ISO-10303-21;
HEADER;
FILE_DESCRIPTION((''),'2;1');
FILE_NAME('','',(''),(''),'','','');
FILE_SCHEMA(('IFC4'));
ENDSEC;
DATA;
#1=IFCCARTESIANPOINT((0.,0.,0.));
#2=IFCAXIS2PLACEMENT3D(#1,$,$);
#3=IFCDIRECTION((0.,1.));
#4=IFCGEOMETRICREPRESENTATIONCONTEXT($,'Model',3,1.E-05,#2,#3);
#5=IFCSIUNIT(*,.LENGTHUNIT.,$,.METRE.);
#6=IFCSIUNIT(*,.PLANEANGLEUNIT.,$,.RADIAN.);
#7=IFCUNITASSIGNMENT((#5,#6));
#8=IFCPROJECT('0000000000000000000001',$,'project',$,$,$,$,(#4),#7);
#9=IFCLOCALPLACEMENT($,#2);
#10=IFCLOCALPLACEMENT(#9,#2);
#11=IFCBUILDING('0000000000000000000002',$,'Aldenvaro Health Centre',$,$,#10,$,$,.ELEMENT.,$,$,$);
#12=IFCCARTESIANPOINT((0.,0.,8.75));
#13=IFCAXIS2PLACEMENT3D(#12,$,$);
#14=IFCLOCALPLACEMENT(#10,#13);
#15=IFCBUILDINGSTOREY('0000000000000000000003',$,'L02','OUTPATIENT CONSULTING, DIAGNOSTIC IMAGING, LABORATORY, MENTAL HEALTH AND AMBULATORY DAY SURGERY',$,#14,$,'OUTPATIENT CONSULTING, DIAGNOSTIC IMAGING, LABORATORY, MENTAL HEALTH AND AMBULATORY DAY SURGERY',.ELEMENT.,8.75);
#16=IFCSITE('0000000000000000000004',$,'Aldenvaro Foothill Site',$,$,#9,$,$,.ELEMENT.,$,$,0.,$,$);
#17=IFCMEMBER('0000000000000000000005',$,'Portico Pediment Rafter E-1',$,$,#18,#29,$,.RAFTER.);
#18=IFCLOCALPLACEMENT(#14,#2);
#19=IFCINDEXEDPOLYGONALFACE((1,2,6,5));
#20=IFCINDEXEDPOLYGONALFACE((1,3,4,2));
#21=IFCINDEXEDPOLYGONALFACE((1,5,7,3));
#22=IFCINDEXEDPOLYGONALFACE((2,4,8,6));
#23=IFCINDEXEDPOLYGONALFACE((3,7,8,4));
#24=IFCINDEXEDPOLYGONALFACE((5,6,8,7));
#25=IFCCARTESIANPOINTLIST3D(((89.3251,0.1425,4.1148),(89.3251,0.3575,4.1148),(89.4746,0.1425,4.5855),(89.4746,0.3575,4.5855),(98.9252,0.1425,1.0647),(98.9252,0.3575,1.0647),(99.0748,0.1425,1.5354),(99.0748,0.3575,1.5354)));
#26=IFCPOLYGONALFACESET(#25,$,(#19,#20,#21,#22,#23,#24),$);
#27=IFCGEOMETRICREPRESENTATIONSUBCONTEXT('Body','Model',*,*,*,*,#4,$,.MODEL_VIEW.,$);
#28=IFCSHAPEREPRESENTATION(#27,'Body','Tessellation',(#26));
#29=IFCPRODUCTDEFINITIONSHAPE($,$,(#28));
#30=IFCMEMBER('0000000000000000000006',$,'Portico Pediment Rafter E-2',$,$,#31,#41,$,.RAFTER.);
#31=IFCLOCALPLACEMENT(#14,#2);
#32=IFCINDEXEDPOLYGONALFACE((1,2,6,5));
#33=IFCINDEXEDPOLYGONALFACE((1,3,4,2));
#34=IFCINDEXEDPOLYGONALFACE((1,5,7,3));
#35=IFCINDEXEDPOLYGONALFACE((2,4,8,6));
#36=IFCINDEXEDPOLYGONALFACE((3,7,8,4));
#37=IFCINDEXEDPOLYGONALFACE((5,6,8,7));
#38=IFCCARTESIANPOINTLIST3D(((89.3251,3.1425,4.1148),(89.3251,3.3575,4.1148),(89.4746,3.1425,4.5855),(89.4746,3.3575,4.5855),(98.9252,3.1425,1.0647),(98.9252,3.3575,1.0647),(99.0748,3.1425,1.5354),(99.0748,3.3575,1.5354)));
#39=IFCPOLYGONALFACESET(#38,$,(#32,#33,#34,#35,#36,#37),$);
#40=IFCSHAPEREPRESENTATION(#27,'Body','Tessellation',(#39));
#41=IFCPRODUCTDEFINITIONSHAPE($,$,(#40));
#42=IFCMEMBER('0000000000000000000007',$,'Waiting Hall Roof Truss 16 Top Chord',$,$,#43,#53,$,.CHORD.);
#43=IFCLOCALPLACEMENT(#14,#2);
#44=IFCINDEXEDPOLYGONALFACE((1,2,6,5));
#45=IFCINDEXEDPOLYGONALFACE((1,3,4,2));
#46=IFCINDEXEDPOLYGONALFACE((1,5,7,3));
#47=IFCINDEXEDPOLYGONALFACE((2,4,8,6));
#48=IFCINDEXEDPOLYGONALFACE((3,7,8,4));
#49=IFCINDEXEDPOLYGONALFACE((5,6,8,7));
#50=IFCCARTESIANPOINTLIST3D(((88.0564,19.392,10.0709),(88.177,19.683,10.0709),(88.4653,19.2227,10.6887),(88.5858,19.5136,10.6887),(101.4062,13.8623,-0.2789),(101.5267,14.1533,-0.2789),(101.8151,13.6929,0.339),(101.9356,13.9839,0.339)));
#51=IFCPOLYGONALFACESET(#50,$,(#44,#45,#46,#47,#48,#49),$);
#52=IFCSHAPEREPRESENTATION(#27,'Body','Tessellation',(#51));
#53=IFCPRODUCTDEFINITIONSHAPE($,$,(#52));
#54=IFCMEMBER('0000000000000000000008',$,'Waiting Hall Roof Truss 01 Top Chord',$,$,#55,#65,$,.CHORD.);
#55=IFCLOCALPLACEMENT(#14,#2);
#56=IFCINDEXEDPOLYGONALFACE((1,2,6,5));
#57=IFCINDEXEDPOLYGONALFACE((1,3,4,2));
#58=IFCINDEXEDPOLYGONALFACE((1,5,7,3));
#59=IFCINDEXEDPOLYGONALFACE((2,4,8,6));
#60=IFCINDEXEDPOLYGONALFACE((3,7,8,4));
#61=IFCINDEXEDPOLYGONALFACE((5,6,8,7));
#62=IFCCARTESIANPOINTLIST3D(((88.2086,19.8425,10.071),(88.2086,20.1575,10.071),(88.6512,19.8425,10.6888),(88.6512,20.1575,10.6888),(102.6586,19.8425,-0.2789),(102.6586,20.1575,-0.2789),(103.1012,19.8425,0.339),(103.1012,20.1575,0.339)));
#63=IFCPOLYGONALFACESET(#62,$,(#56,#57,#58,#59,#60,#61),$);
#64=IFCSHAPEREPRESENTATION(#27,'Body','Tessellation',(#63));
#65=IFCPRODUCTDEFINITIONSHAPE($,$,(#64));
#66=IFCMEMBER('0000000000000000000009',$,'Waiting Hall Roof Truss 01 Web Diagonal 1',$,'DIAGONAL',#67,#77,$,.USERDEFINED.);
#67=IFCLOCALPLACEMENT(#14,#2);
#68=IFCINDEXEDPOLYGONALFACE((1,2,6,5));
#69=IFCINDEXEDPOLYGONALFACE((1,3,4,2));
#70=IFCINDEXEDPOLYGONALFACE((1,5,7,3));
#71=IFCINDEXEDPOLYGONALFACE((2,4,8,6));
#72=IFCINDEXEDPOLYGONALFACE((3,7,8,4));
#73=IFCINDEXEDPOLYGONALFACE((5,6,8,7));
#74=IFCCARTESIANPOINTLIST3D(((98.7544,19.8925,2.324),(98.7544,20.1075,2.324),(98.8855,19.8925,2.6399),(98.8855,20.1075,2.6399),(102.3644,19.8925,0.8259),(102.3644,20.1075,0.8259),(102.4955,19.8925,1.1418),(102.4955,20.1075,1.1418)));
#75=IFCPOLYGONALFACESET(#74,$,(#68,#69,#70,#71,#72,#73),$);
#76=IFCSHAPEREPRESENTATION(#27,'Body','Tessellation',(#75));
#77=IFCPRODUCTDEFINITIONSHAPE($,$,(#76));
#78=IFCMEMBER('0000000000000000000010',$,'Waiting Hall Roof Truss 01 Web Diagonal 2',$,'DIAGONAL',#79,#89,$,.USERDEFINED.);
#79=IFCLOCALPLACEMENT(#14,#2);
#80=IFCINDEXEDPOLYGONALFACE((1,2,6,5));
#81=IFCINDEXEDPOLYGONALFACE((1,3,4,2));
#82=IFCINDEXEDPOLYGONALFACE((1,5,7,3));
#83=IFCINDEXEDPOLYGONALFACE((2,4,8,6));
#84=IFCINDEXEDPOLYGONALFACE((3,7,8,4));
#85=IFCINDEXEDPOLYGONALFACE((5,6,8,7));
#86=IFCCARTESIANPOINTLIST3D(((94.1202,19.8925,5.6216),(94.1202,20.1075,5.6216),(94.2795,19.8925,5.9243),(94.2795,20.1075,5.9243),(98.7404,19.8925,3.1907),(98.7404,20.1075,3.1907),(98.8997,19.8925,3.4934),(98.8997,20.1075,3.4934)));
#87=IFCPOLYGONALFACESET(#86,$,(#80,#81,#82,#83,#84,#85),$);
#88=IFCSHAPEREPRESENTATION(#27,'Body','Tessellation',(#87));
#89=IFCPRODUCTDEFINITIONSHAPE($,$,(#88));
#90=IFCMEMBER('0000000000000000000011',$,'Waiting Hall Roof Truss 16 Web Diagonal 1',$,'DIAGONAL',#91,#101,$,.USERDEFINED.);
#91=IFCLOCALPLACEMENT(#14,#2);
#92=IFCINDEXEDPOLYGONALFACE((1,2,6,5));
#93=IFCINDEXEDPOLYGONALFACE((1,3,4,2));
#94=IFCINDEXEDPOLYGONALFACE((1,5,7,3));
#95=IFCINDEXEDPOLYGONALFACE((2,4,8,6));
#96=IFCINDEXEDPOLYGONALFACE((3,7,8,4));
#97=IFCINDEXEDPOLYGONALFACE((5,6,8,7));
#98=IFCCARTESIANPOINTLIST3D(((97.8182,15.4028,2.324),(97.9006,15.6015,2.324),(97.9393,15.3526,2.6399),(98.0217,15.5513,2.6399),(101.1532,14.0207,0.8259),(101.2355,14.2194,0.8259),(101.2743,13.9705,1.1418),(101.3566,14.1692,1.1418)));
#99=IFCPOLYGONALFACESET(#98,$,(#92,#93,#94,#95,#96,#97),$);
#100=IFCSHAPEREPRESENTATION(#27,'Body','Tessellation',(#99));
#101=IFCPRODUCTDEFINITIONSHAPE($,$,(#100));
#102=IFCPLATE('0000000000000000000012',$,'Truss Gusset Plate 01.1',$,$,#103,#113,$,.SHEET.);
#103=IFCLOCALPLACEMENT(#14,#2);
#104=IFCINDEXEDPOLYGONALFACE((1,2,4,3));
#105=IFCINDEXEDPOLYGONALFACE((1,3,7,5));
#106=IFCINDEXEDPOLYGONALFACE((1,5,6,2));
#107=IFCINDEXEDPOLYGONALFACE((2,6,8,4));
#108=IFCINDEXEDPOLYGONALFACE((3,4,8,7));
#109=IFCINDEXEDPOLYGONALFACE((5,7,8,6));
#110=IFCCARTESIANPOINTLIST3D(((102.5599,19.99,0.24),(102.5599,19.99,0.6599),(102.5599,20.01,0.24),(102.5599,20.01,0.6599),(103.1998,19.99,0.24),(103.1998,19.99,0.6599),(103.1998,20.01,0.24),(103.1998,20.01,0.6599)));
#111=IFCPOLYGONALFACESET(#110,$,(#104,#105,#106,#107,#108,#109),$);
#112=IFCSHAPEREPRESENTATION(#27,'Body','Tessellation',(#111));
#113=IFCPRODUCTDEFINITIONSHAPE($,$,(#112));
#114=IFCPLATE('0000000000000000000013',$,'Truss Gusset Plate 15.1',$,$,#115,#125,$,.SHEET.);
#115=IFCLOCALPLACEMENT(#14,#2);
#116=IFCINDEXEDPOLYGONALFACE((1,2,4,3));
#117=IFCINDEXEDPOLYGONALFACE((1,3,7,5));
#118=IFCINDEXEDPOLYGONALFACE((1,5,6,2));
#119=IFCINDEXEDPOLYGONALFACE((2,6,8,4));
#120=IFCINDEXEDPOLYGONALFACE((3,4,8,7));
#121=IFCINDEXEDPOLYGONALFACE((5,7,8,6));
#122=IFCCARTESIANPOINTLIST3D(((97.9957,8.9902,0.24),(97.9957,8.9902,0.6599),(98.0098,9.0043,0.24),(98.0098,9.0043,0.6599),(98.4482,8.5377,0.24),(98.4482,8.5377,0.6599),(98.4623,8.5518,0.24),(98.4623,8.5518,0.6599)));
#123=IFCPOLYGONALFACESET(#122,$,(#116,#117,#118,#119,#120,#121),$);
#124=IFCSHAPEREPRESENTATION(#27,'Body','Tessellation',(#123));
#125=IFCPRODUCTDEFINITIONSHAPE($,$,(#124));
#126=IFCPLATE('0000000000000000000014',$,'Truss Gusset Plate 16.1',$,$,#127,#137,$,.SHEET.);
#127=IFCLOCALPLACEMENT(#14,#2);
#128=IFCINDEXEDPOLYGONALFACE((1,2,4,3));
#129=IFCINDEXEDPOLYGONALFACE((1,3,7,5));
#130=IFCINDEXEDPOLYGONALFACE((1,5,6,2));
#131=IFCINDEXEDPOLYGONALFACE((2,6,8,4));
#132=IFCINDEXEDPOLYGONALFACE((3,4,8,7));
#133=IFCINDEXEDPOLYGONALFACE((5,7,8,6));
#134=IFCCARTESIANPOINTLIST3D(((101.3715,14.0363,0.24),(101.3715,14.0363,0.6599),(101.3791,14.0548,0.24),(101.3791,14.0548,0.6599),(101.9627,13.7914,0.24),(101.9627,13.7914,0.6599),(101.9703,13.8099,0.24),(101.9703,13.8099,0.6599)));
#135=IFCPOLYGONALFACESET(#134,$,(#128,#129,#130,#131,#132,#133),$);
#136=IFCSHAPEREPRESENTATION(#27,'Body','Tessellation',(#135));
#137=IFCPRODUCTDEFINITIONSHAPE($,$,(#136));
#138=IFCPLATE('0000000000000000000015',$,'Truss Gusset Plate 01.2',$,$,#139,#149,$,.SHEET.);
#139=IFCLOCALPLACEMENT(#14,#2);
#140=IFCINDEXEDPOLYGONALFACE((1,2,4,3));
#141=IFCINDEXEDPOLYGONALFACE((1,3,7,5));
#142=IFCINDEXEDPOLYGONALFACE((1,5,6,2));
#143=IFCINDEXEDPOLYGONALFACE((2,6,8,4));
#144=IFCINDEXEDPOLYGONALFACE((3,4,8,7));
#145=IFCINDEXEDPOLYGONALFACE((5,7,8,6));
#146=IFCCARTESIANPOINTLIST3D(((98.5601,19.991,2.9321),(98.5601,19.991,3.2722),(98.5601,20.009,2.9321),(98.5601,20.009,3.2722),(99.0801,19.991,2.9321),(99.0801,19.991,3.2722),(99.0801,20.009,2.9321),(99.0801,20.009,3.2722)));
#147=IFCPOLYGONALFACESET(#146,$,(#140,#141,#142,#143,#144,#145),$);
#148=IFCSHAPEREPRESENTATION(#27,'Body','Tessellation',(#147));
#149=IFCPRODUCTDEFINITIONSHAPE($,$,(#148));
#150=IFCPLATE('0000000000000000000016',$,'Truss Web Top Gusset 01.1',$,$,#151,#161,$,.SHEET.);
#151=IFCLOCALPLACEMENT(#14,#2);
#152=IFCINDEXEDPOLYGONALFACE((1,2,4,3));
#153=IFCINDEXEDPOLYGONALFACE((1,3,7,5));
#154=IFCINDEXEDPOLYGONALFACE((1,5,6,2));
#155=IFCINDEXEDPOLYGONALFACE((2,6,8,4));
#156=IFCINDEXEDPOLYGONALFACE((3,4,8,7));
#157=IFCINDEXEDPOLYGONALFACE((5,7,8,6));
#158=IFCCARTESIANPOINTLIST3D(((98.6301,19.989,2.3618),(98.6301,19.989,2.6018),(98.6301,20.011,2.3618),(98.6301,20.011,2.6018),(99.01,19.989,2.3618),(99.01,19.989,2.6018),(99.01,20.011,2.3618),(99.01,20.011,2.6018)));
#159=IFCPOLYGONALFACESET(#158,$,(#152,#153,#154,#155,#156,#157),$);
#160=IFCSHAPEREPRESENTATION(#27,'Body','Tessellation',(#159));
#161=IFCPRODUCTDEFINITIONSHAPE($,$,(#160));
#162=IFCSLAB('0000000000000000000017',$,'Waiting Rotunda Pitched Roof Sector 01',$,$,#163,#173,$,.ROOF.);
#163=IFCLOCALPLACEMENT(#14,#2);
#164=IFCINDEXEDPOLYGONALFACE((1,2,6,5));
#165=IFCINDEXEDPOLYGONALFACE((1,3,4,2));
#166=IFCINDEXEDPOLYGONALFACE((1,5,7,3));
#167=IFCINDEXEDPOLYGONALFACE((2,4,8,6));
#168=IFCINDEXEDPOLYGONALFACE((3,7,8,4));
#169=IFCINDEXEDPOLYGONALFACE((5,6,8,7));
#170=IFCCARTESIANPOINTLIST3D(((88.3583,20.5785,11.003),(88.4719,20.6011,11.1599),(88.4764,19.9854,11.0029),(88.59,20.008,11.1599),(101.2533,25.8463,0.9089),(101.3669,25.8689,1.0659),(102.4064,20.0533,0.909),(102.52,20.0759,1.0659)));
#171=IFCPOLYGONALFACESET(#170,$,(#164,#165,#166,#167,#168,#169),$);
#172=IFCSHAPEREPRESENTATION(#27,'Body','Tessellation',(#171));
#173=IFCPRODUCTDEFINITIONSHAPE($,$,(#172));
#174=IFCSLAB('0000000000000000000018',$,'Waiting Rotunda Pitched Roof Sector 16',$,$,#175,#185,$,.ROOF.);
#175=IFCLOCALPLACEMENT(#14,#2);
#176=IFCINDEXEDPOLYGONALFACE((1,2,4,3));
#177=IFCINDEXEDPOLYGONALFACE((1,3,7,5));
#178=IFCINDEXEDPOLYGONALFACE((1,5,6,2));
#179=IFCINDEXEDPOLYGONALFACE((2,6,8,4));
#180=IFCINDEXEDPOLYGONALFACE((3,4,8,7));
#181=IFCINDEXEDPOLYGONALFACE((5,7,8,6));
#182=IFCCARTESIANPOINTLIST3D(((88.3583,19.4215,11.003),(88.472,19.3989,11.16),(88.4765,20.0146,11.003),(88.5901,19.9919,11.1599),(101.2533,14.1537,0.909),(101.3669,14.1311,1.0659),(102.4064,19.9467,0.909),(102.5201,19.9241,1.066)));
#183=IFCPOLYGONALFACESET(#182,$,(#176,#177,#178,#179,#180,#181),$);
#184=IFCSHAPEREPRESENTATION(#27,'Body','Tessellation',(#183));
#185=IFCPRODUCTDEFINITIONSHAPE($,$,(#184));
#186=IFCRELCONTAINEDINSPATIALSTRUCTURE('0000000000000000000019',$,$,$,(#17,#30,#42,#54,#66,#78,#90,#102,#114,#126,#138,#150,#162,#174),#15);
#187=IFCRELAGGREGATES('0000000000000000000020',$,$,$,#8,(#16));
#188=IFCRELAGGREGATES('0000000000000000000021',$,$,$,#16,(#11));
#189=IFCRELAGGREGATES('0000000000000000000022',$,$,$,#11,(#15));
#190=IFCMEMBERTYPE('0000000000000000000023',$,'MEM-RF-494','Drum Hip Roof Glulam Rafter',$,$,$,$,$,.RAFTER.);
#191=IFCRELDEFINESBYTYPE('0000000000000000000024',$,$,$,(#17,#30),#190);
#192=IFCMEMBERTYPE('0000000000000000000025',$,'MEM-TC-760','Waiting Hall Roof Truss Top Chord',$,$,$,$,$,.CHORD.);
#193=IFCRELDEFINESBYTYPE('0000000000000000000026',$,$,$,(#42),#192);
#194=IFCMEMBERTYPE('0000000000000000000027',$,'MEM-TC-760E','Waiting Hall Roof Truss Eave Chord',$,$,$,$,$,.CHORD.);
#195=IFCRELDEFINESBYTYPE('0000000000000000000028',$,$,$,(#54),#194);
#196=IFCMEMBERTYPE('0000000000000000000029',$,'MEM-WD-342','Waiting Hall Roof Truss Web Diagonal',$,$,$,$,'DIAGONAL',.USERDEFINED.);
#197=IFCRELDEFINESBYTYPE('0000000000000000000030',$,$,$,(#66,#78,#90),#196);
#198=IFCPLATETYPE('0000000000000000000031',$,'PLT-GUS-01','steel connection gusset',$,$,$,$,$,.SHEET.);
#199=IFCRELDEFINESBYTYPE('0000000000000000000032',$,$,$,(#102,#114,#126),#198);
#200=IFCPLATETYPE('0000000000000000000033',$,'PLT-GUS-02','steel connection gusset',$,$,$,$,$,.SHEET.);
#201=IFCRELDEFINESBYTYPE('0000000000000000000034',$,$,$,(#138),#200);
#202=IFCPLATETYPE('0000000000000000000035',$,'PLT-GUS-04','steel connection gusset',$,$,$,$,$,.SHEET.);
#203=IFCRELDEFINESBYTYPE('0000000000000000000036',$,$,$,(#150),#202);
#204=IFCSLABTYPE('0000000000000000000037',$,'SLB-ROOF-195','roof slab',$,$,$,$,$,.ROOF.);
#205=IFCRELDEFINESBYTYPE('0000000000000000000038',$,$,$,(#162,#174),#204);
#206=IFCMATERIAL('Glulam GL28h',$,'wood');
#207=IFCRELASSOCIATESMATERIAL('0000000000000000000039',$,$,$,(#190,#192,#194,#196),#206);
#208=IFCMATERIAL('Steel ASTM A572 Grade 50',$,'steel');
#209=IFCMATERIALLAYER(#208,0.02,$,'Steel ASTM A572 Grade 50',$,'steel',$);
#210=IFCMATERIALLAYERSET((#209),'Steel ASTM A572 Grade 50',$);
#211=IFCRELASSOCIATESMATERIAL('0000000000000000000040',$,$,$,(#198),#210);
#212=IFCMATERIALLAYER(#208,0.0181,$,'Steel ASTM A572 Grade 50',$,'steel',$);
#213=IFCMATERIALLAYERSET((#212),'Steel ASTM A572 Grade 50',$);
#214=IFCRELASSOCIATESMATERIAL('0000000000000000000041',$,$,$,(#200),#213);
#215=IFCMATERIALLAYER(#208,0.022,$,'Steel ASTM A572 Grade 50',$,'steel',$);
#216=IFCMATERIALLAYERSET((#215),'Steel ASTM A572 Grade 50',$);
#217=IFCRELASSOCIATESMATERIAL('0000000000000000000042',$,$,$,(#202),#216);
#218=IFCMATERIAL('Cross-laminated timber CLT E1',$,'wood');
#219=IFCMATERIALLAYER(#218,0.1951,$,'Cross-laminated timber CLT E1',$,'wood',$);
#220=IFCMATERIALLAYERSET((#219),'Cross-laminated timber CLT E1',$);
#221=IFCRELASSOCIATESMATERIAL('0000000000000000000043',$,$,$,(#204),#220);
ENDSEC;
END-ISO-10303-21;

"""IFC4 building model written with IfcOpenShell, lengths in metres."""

from ifc_helpers import new_model, si_unit, direction, frame, origin, origin_2d, place, context, subcontext, project, spatial, polyline, rectangle, outline, extrude, material, layer, layer_set, material_profile, profile_set, type_object, element, save


model = new_model("IFC4")

# Units and contexts
model_context = context("Model", 3, precision=1e-05, world=origin(), true_north=direction((0.0, 1.0)))
body_context = subcontext(model_context, "Body", "Model", "MODEL_VIEW")
ifc_project = project(units=[si_unit("LENGTHUNIT", "METRE"), si_unit("PLANEANGLEUNIT", "RADIAN")], contexts=[model_context])

# Site, building, storey
site_placement = place(None, origin())
site = spatial("IfcSite", under=ifc_project, at=site_placement, Name="Aldenvaro Foothill Site", CompositionType="ELEMENT", RefElevation=0.0)
building_placement = place(site_placement, origin())
building = spatial("IfcBuilding", under=site, at=building_placement, Name="Aldenvaro Health Centre", CompositionType="ELEMENT")
storey_placement = place(building_placement, frame((0.0, 0.0, 8.75)))
storey = spatial("IfcBuildingStorey", under=building, at=storey_placement, Name="L02", Description="OUTPATIENT CONSULTING, DIAGNOSTIC IMAGING, LABORATORY, MENTAL HEALTH AND AMBULATORY DAY SURGERY", LongName="OUTPATIENT CONSULTING, DIAGNOSTIC IMAGING, LABORATORY, MENTAL HEALTH AND AMBULATORY DAY SURGERY", CompositionType="ELEMENT", Elevation=8.75)

# Shared definitions
ifc_material_1 = material(Name="Glulam GL28h", Category="wood")

# Members
ifc_material_profile_1 = material_profile(ifc_material_1, rectangle(XDim=0.2151, YDim=0.4939, at=origin_2d()), Name="GL 215x494", Category="wood")
ifc_profile_set_1 = profile_set([ifc_material_profile_1], Name="Glulam GL28h")
member_type_1 = type_object("IfcMemberType", Name="MEM-RF-494", Description="Drum Hip Roof Glulam Rafter", PredefinedType="RAFTER", material=ifc_profile_set_1)
for number, where, z_axis, x_axis, name in (
    (1, (99.0, 0.25, 1.3), (-0.953056, 0.0, 0.302795), (0.0, -1.0, 0.0), "Portico Pediment Rafter E-1"),
    (2, (99.0, 3.25, 1.3), (-0.953056, 0.0, 0.302795), (0.0, -1.0, 0.0), "Portico Pediment Rafter E-2"),
):
    element("IfcMember", number, at=place(storey_placement, frame(where, z_axis=z_axis, x_axis=x_axis)), inside=storey, type_object=member_type_1, Name=name, PredefinedType="RAFTER", context=body_context, shape_type="SweptSolid", body=[
        extrude(rectangle(XDim=0.2151, YDim=0.4939, at=origin_2d()), origin(), (0.0, 0.0, 1.0), 10.073),
    ])
ifc_material_profile_2 = material_profile(ifc_material_1, rectangle(XDim=0.3149, YDim=0.76, at=origin_2d()), Name="GL 315x760", Category="wood")
ifc_profile_set_2 = profile_set([ifc_material_profile_2], Name="Glulam GL28h")
member_type_2 = type_object("IfcMemberType", Name="MEM-TC-760", Description="Waiting Hall Roof Truss Top Chord", PredefinedType="CHORD", material=ifc_profile_set_2)
member_1_placement = place(storey_placement, frame((101.6709, 13.9231, 0.03), z_axis=(-0.751087, 0.311116, 0.582302), x_axis=(-0.382689, -0.923877, 0.0)))
element("IfcMember", 3, at=member_1_placement, inside=storey, type_object=member_type_2, Name="Waiting Hall Roof Truss 16 Top Chord", PredefinedType="CHORD", context=body_context, shape_type="SweptSolid", body=[
    extrude(rectangle(XDim=0.3149, YDim=0.76, at=origin_2d()), origin(), (0.0, 0.0, 1.0), 17.7739),
])
ifc_material_profile_3 = material_profile(ifc_material_1, rectangle(XDim=0.3149, YDim=0.76, at=origin_2d()), Name="GL 315x760", Category="wood")
ifc_profile_set_3 = profile_set([ifc_material_profile_3], Name="Glulam GL28h")
member_type_3 = type_object("IfcMemberType", Name="MEM-TC-760E", Description="Waiting Hall Roof Truss Eave Chord", PredefinedType="CHORD", material=ifc_profile_set_3)
member_2_placement = place(storey_placement, frame((102.8799, 20.0, 0.03), z_axis=(-0.812975, 0.0, 0.582298), x_axis=(0.0, -1.0, 0.0)))
element("IfcMember", 4, at=member_2_placement, inside=storey, type_object=member_type_3, Name="Waiting Hall Roof Truss 01 Top Chord", PredefinedType="CHORD", context=body_context, shape_type="SweptSolid", body=[
    extrude(rectangle(XDim=0.3149, YDim=0.76, at=origin_2d()), origin(), (0.0, 0.0, 1.0), 17.7742),
])
ifc_material_profile_4 = material_profile(ifc_material_1, rectangle(XDim=0.2151, YDim=0.342, at=origin_2d()), Name="GL 215x342", Category="wood")
ifc_profile_set_4 = profile_set([ifc_material_profile_4], Name="Glulam GL28h")
member_type_4 = type_object("IfcMemberType", Name="MEM-WD-342", Description="Waiting Hall Roof Truss Web Diagonal", ElementType="DIAGONAL", PredefinedType="USERDEFINED", material=ifc_profile_set_4)
member_3_placement = place(storey_placement, frame((102.4299, 20.0, 0.9839), z_axis=(-0.923627, 0.0, 0.383293), x_axis=(0.0, -1.0, 0.0)))
element("IfcMember", 5, at=member_3_placement, inside=storey, type_object=member_type_4, Name="Waiting Hall Roof Truss 01 Web Diagonal 1", ObjectType="DIAGONAL", PredefinedType="USERDEFINED", context=body_context, shape_type="SweptSolid", body=[
    extrude(rectangle(XDim=0.2151, YDim=0.342, at=origin_2d()), origin(), (0.0, 0.0, 1.0), 3.9084),
])
member_4_placement = place(storey_placement, frame((98.8201, 20.0, 3.342), z_axis=(-0.884976, 0.0, 0.465637), x_axis=(0.0, -1.0, 0.0)))
element("IfcMember", 6, at=member_4_placement, inside=storey, type_object=member_type_4, Name="Waiting Hall Roof Truss 01 Web Diagonal 2", ObjectType="DIAGONAL", PredefinedType="USERDEFINED", context=body_context, shape_type="SweptSolid", body=[
    extrude(rectangle(XDim=0.2151, YDim=0.342, at=origin_2d()), origin(), (0.0, 0.0, 1.0), 5.2207),
])
member_5_placement = place(storey_placement, frame((101.2549, 14.095, 0.9839), z_axis=(-0.853262, 0.35361, 0.383281), x_axis=(-0.382848, -0.923812, 0.0)))
element("IfcMember", 7, at=member_5_placement, inside=storey, type_object=member_type_4, Name="Waiting Hall Roof Truss 16 Web Diagonal 1", ObjectType="DIAGONAL", PredefinedType="USERDEFINED", context=body_context, shape_type="SweptSolid", body=[
    extrude(rectangle(XDim=0.2151, YDim=0.342, at=origin_2d()), origin(), (0.0, 0.0, 1.0), 3.9084),
])

# Plates
ifc_material_2 = material(Name="Steel ASTM A572 Grade 50", Category="steel")
ifc_layer_1 = layer(ifc_material_2, 0.02, Name="Steel ASTM A572 Grade 50", Category="steel")
ifc_layer_set_1 = layer_set([ifc_layer_1], Name="Steel ASTM A572 Grade 50")
plate_type_1 = type_object("IfcPlateType", Name="PLT-GUS-01", Description="steel connection gusset", PredefinedType="SHEET", material=ifc_layer_set_1)
for number, where, z_axis, x_axis, name in (
    (8, (102.8799, 20.0, 0.24), (0.0, 0.0, 1.0), (1.0, 0.0, 0.0), "Truss Gusset Plate 01.1"),
    (9, (98.229, 8.771, 0.24), (0.0, 0.0, 1.0), (0.707107, -0.707107, 0.0), "Truss Gusset Plate 15.1"),
    (10, (101.6709, 13.9231, 0.24), (0.0, 0.0, 1.0), (0.92388, -0.382683, 0.0), "Truss Gusset Plate 16.1"),
):
    element("IfcPlate", number, at=place(storey_placement, frame(where, z_axis=z_axis, x_axis=x_axis)), inside=storey, type_object=plate_type_1, Name=name, PredefinedType="SHEET", context=body_context, shape_type="SweptSolid", body=[
        extrude(rectangle(XDim=0.6399, YDim=0.02, at=origin_2d()), origin(), (0.0, 0.0, 1.0), 0.4199),
    ])
ifc_layer_2 = layer(ifc_material_2, 0.0181, Name="Steel ASTM A572 Grade 50", Category="steel")
ifc_layer_set_2 = layer_set([ifc_layer_2], Name="Steel ASTM A572 Grade 50")
plate_type_2 = type_object("IfcPlateType", Name="PLT-GUS-02", Description="steel connection gusset", PredefinedType="SHEET", material=ifc_layer_set_2)
plate_1_placement = place(storey_placement, frame((98.8201, 20.0, 2.9321), z_axis=(0.0, 0.0, 1.0), x_axis=(1.0, 0.0, 0.0)))
element("IfcPlate", 11, at=plate_1_placement, inside=storey, type_object=plate_type_2, Name="Truss Gusset Plate 01.2", PredefinedType="SHEET", context=body_context, shape_type="SweptSolid", body=[
    extrude(rectangle(XDim=0.52, YDim=0.0181, at=origin_2d()), origin(), (0.0, 0.0, 1.0), 0.3401),
])
ifc_layer_3 = layer(ifc_material_2, 0.022, Name="Steel ASTM A572 Grade 50", Category="steel")
ifc_layer_set_3 = layer_set([ifc_layer_3], Name="Steel ASTM A572 Grade 50")
plate_type_3 = type_object("IfcPlateType", Name="PLT-GUS-04", Description="steel connection gusset", PredefinedType="SHEET", material=ifc_layer_set_3)
plate_2_placement = place(storey_placement, frame((98.8201, 20.0, 2.3618), z_axis=(0.0, 0.0, 1.0), x_axis=(1.0, 0.0, 0.0)))
element("IfcPlate", 12, at=plate_2_placement, inside=storey, type_object=plate_type_3, Name="Truss Web Top Gusset 01.1", PredefinedType="SHEET", context=body_context, shape_type="SweptSolid", body=[
    extrude(rectangle(XDim=0.3799, YDim=0.022, at=origin_2d()), origin(), (0.0, 0.0, 1.0), 0.24),
])

# Slabs
ifc_material_3 = material(Name="Cross-laminated timber CLT E1", Category="wood")
ifc_layer_4 = layer(ifc_material_3, 0.1951, Name="Cross-laminated timber CLT E1", Category="wood")
ifc_layer_set_4 = layer_set([ifc_layer_4], Name="Cross-laminated timber CLT E1")
slab_type = type_object("IfcSlabType", Name="SLB-ROOF-195", Description="roof slab", PredefinedType="ROOF", material=ifc_layer_set_4)
slab_1_placement = place(storey_placement, frame((102.52, 20.0759, 1.0659), z_axis=(0.582438, 0.115944, 0.804564), x_axis=(-0.195224, 0.980759, -0.000009)))
element("IfcSlab", 13, at=slab_1_placement, inside=storey, type_object=slab_type, Name="Waiting Rotunda Pitched Roof Sector 01", PredefinedType="ROOF", context=body_context, shape_type="SweptSolid", body=[
    extrude(outline(polyline([(0.0, 0.0), (5.9066, 0.0), (3.2575, 16.9971), (2.6528, 16.997), (0.0, 0.0)])), origin(), (0.0, 0.0, -1.0), 0.1951),
])
slab_2_placement = place(storey_placement, frame((101.3669, 14.1311, 1.0659), z_axis=(0.582438, -0.115944, 0.804564), x_axis=(0.195224, 0.980759, 0.000009)))
element("IfcSlab", 14, at=slab_2_placement, inside=storey, type_object=slab_type, Name="Waiting Rotunda Pitched Roof Sector 16", PredefinedType="ROOF", context=body_context, shape_type="SweptSolid", body=[
    extrude(outline(polyline([(0.0, 0.0), (5.9066, 0.0), (3.2538, 16.997), (2.6491, 16.9971), (0.0, 0.0)])), origin(), (0.0, 0.0, -1.0), 0.1951),
])

save(model, "model.ifc")
